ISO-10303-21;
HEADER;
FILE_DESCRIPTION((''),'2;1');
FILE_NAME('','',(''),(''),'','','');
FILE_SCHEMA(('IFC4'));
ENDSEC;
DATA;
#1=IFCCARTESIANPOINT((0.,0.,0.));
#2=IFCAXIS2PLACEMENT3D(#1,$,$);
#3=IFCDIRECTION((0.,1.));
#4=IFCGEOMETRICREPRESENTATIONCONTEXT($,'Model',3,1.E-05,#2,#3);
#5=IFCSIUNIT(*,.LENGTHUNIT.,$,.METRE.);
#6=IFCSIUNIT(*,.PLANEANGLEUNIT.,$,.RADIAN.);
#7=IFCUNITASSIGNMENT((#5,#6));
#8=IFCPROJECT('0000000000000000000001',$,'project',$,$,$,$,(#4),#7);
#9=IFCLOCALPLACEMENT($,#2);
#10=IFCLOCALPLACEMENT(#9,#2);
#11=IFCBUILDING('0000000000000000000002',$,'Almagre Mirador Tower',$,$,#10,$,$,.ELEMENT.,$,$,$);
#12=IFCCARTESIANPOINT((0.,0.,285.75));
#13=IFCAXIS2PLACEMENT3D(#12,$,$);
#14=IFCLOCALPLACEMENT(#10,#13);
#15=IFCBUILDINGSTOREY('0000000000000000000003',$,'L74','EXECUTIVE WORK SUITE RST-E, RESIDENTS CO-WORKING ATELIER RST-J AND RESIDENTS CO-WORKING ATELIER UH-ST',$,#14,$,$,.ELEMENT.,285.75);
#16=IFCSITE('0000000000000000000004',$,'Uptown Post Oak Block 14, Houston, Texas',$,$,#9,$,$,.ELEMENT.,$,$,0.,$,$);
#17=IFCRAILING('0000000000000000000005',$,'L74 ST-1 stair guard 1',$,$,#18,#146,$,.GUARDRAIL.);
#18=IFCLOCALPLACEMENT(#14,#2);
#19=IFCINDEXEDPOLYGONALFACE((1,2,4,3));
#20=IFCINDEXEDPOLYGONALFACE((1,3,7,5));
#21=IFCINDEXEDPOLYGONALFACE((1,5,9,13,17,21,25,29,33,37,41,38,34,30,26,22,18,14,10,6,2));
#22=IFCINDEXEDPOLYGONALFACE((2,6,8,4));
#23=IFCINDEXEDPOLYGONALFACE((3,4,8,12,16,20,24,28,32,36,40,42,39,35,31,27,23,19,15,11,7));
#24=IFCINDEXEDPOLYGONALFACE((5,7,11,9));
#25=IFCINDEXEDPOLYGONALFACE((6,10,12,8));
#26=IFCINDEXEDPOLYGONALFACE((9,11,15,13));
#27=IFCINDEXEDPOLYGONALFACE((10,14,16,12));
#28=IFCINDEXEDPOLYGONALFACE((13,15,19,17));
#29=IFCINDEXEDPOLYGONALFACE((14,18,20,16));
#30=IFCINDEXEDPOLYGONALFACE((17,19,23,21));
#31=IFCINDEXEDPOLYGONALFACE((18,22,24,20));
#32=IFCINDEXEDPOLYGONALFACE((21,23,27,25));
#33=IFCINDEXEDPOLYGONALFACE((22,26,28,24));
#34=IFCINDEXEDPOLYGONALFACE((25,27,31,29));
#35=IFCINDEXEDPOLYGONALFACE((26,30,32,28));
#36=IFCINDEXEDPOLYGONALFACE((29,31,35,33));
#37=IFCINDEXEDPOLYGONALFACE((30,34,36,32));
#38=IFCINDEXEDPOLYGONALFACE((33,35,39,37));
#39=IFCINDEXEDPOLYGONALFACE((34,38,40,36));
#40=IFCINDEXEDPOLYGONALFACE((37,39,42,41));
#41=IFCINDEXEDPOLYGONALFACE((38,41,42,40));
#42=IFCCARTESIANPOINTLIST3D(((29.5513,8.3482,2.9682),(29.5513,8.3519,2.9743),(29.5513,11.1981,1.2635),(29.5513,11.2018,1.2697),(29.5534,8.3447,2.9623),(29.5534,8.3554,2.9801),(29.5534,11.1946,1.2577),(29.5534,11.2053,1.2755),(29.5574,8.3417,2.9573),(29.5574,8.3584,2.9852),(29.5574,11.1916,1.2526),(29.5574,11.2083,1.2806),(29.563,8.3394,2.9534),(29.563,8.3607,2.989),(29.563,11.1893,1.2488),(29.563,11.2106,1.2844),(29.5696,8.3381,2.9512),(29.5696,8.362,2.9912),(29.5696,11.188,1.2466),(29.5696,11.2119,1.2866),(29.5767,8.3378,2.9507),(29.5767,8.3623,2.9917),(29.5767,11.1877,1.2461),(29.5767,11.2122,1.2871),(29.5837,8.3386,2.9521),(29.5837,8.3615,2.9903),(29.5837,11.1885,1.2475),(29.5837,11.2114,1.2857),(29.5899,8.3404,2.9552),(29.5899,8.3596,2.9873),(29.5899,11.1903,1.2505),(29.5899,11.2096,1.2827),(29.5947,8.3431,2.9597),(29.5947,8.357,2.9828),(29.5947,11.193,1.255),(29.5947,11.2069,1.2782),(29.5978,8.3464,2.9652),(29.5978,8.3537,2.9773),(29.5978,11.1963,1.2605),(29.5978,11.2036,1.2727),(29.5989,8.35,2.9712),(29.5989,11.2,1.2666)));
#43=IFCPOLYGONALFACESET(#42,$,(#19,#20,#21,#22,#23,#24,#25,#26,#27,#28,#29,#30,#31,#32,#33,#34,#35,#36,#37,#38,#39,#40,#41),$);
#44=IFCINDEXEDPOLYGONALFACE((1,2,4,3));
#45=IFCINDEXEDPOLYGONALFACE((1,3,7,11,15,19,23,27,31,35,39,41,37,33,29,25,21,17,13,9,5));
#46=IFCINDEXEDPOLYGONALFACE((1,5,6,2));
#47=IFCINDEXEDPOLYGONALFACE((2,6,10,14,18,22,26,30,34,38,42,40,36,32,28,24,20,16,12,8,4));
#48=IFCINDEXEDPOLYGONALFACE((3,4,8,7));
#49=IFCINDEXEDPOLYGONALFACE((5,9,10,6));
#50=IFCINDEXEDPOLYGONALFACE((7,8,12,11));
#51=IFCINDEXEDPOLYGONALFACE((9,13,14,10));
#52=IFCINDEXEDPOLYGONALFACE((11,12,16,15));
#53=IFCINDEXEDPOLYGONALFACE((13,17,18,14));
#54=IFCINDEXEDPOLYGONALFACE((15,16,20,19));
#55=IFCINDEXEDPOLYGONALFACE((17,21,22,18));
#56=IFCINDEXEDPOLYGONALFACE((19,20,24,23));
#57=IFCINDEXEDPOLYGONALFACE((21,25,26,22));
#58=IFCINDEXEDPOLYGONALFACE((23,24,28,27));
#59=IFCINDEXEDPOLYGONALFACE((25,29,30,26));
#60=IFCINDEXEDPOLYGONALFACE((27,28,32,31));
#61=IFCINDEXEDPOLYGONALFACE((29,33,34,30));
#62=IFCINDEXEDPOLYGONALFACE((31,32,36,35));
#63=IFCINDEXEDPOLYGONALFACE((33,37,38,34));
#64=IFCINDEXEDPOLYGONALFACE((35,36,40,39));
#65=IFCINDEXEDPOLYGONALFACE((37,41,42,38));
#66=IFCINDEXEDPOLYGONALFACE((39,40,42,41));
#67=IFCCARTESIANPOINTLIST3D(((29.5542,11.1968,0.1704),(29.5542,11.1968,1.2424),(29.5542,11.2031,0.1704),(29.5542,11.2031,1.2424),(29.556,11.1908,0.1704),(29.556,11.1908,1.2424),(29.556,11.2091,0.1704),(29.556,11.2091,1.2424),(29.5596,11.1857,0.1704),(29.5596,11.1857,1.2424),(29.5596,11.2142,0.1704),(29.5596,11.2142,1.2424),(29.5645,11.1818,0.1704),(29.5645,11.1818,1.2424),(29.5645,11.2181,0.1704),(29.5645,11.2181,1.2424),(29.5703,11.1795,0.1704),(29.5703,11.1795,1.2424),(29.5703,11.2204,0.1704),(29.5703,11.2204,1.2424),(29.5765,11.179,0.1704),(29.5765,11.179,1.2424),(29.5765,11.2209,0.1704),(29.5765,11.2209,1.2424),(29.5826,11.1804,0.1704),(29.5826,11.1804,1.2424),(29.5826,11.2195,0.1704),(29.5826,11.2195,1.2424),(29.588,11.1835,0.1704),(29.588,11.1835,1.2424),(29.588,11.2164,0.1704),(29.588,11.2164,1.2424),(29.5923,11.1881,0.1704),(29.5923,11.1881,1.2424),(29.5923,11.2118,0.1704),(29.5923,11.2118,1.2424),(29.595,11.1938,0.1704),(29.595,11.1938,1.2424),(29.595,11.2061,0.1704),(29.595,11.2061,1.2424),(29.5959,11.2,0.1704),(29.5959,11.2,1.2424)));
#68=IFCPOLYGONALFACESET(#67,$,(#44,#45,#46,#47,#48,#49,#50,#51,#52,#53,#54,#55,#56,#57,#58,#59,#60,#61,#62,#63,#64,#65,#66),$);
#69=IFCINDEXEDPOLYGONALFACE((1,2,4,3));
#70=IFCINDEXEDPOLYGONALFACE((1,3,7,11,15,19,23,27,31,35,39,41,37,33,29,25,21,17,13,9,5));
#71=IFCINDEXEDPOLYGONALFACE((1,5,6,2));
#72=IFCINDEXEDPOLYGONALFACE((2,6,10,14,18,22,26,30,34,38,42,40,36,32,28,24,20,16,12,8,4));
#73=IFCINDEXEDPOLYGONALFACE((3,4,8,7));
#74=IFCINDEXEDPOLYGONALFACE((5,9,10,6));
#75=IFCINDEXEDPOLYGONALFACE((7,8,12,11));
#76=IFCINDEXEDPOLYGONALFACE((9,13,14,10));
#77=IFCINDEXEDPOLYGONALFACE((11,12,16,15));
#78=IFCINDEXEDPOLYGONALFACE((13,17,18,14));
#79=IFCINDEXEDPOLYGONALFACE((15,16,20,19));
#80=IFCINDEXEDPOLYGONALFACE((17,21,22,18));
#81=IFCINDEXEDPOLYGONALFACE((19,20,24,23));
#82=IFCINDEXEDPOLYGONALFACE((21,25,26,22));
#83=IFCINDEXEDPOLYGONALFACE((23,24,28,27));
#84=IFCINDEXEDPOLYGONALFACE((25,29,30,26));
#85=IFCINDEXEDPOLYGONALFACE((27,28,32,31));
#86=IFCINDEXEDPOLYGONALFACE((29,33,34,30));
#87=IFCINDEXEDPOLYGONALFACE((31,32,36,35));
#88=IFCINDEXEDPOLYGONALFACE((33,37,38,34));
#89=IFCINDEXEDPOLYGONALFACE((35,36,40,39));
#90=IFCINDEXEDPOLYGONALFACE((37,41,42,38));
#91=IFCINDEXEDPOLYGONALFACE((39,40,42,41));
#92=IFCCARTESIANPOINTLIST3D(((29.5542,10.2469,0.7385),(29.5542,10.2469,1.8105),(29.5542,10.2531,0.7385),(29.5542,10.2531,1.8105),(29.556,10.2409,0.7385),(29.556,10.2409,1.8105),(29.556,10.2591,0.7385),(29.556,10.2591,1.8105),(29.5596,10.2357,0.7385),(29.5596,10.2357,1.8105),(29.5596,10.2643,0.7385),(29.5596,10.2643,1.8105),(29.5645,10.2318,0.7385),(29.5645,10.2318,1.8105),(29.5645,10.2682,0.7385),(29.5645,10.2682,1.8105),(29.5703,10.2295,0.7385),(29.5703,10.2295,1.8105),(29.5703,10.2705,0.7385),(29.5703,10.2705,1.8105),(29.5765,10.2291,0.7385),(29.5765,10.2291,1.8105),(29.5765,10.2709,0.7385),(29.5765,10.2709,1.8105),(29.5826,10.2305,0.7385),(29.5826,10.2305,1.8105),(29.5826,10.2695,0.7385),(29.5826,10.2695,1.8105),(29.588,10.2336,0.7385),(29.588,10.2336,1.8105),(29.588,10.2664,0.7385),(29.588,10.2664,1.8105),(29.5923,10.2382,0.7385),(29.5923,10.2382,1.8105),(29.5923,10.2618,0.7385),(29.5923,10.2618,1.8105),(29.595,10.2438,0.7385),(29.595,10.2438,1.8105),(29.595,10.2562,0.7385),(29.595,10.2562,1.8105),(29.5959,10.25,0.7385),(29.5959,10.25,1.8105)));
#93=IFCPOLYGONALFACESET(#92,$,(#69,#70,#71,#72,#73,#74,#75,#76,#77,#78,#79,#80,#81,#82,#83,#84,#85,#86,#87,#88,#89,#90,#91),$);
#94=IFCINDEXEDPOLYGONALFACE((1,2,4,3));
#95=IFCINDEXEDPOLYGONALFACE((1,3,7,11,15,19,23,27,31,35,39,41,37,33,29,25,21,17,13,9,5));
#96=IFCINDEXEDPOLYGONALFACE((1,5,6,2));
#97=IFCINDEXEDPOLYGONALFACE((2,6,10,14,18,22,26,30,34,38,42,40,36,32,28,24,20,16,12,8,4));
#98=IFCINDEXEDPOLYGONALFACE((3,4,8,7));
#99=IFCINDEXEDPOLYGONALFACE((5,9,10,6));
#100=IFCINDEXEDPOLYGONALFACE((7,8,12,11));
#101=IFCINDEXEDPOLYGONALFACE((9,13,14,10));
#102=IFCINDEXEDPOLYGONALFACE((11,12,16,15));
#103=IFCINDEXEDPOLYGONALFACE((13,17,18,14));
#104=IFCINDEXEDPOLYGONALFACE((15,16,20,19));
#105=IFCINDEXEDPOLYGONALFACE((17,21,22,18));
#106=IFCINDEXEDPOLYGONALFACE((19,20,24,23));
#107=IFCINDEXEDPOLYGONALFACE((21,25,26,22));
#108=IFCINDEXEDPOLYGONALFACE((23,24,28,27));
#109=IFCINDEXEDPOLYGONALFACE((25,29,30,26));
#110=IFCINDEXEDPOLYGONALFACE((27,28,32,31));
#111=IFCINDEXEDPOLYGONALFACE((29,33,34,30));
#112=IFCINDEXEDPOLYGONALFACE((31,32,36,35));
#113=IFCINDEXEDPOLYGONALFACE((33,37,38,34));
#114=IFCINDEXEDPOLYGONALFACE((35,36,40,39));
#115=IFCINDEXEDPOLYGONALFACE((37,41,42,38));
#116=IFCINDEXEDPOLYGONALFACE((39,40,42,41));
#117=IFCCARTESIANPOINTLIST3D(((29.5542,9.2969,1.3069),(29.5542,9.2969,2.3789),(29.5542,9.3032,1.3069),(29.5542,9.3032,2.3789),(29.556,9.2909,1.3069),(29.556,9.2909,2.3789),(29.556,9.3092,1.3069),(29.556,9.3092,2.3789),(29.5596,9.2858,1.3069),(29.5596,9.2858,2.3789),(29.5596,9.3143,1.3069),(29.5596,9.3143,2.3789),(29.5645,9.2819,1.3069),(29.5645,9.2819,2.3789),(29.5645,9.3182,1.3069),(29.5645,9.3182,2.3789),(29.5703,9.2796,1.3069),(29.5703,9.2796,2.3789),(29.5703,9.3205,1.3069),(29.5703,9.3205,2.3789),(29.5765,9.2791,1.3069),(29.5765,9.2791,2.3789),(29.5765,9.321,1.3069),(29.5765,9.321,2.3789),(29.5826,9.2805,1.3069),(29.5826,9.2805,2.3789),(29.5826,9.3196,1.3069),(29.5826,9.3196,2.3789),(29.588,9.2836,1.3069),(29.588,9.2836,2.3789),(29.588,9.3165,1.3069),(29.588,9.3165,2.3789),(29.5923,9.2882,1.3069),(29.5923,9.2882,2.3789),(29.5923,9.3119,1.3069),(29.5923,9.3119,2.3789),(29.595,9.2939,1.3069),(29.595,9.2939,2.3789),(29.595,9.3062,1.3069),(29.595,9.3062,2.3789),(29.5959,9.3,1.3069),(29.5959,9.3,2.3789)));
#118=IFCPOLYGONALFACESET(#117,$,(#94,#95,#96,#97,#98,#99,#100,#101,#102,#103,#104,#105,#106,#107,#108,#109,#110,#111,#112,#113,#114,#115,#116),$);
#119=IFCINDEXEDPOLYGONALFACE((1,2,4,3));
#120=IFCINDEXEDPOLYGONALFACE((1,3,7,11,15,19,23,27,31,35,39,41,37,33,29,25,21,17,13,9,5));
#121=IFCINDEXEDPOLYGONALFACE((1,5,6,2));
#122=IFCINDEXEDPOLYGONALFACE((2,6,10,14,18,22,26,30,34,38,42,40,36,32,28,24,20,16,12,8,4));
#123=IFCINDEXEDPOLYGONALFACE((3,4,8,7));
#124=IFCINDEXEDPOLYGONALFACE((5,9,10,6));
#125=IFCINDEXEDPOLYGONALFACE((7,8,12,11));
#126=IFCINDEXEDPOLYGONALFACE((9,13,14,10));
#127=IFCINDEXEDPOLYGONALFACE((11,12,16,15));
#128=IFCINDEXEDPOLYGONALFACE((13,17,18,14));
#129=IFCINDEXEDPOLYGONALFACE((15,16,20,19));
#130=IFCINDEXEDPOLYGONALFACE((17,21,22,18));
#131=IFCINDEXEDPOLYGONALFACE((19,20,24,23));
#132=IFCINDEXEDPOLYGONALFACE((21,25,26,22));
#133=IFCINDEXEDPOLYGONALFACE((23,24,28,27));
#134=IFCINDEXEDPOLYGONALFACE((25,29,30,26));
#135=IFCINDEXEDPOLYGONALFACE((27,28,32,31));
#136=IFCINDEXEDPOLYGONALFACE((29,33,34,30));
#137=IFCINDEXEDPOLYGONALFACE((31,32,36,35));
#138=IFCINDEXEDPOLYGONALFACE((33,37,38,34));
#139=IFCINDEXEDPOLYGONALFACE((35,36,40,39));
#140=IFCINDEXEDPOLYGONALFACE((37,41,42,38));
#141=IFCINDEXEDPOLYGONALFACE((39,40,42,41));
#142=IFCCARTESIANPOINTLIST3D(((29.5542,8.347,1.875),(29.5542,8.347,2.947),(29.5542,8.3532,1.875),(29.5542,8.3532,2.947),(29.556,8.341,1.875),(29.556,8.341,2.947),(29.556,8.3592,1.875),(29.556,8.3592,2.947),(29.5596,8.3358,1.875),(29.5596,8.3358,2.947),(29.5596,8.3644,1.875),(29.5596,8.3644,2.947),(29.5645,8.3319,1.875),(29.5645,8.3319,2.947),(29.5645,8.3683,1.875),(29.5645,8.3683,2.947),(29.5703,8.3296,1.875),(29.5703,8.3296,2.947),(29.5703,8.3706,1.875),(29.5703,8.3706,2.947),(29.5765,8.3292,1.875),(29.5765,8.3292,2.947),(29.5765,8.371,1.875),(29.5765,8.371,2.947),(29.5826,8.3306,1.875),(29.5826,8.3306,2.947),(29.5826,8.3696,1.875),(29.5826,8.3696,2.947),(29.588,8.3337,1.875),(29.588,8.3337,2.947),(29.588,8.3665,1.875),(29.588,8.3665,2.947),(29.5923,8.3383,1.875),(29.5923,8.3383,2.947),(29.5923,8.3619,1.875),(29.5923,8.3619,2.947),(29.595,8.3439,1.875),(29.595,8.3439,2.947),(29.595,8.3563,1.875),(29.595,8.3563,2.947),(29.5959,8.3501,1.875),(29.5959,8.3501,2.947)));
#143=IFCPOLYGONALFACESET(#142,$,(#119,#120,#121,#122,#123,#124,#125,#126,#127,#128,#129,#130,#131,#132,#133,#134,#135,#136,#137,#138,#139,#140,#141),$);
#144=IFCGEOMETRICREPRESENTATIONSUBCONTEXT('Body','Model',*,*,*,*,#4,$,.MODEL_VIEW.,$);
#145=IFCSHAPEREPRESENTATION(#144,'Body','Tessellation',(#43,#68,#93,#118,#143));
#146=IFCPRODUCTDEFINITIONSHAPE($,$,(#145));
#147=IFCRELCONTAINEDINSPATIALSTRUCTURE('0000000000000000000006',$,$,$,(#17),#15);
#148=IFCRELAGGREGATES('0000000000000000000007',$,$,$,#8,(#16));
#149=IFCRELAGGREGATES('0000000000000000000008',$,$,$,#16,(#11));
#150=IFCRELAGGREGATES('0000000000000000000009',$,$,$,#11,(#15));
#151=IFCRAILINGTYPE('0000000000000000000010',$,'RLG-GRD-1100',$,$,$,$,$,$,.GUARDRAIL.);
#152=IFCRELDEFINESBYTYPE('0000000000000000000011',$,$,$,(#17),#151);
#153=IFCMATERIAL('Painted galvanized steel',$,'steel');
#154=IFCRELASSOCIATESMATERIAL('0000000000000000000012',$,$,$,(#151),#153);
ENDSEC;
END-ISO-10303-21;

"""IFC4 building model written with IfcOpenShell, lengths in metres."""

from ifc_helpers import new_model, si_unit, direction, frame, origin, origin_2d, place, context, subcontext, project, spatial, circle, extrude, material, type_object, element, save


model = new_model("IFC4")

# Units and contexts
model_context = context("Model", 3, precision=1e-05, world=origin(), true_north=direction((0.0, 1.0)))
body_context = subcontext(model_context, "Body", "Model", "MODEL_VIEW")
ifc_project = project(units=[si_unit("LENGTHUNIT", "METRE"), si_unit("PLANEANGLEUNIT", "RADIAN")], contexts=[model_context])

# Site, building, storey
site_placement = place(None, origin())
site = spatial("IfcSite", under=ifc_project, at=site_placement, Name="Uptown Post Oak Block 14, Houston, Texas", CompositionType="ELEMENT", RefElevation=0.0)
building_placement = place(site_placement, origin())
building = spatial("IfcBuilding", under=site, at=building_placement, Name="Almagre Mirador Tower", CompositionType="ELEMENT")
storey_placement = place(building_placement, frame((0.0, 0.0, 285.75)))
storey = spatial("IfcBuildingStorey", under=building, at=storey_placement, Name="L74", Description="EXECUTIVE WORK SUITE RST-E, RESIDENTS CO-WORKING ATELIER RST-J AND RESIDENTS CO-WORKING ATELIER UH-ST", CompositionType="ELEMENT", Elevation=285.75)

# Railing
ifc_material_1 = material(Name="Painted galvanized steel", Category="steel")
railing_type_1 = type_object("IfcRailingType", Name="RLG-GRD-1100", PredefinedType="GUARDRAIL", material=ifc_material_1)
railing_1_placement = place(storey_placement, frame((29.575, 11.2, 0.1704)))
element("IfcRailing", 1, at=railing_1_placement, inside=storey, type_object=railing_type_1, Name="L74 ST-1 stair guard 1", PredefinedType="GUARDRAIL", context=body_context, shape_type="SweptSolid", body=[
    extrude(circle(Radius=0.0239, at=origin_2d()), frame((0.0, 0.0, 1.0962), z_axis=(0.0, -0.858199, 0.513317), x_axis=(1.0, 0.0, 0.0)), (0.0, 0.0, 1.0), 3.3208),
    extrude(circle(Radius=0.021, at=origin_2d()), origin(), (0.0, 0.0, 1.0), 1.072),
    extrude(circle(Radius=0.021, at=origin_2d()), frame((0.0, -0.95, 0.5681)), (0.0, 0.0, 1.0), 1.072),
    extrude(circle(Radius=0.021, at=origin_2d()), frame((0.0, -1.8999, 1.1365)), (0.0, 0.0, 1.0), 1.072),
    extrude(circle(Radius=0.021, at=origin_2d()), frame((0.0, -2.8499, 1.7046)), (0.0, 0.0, 1.0), 1.072),
])

save(model, "model.ifc")
